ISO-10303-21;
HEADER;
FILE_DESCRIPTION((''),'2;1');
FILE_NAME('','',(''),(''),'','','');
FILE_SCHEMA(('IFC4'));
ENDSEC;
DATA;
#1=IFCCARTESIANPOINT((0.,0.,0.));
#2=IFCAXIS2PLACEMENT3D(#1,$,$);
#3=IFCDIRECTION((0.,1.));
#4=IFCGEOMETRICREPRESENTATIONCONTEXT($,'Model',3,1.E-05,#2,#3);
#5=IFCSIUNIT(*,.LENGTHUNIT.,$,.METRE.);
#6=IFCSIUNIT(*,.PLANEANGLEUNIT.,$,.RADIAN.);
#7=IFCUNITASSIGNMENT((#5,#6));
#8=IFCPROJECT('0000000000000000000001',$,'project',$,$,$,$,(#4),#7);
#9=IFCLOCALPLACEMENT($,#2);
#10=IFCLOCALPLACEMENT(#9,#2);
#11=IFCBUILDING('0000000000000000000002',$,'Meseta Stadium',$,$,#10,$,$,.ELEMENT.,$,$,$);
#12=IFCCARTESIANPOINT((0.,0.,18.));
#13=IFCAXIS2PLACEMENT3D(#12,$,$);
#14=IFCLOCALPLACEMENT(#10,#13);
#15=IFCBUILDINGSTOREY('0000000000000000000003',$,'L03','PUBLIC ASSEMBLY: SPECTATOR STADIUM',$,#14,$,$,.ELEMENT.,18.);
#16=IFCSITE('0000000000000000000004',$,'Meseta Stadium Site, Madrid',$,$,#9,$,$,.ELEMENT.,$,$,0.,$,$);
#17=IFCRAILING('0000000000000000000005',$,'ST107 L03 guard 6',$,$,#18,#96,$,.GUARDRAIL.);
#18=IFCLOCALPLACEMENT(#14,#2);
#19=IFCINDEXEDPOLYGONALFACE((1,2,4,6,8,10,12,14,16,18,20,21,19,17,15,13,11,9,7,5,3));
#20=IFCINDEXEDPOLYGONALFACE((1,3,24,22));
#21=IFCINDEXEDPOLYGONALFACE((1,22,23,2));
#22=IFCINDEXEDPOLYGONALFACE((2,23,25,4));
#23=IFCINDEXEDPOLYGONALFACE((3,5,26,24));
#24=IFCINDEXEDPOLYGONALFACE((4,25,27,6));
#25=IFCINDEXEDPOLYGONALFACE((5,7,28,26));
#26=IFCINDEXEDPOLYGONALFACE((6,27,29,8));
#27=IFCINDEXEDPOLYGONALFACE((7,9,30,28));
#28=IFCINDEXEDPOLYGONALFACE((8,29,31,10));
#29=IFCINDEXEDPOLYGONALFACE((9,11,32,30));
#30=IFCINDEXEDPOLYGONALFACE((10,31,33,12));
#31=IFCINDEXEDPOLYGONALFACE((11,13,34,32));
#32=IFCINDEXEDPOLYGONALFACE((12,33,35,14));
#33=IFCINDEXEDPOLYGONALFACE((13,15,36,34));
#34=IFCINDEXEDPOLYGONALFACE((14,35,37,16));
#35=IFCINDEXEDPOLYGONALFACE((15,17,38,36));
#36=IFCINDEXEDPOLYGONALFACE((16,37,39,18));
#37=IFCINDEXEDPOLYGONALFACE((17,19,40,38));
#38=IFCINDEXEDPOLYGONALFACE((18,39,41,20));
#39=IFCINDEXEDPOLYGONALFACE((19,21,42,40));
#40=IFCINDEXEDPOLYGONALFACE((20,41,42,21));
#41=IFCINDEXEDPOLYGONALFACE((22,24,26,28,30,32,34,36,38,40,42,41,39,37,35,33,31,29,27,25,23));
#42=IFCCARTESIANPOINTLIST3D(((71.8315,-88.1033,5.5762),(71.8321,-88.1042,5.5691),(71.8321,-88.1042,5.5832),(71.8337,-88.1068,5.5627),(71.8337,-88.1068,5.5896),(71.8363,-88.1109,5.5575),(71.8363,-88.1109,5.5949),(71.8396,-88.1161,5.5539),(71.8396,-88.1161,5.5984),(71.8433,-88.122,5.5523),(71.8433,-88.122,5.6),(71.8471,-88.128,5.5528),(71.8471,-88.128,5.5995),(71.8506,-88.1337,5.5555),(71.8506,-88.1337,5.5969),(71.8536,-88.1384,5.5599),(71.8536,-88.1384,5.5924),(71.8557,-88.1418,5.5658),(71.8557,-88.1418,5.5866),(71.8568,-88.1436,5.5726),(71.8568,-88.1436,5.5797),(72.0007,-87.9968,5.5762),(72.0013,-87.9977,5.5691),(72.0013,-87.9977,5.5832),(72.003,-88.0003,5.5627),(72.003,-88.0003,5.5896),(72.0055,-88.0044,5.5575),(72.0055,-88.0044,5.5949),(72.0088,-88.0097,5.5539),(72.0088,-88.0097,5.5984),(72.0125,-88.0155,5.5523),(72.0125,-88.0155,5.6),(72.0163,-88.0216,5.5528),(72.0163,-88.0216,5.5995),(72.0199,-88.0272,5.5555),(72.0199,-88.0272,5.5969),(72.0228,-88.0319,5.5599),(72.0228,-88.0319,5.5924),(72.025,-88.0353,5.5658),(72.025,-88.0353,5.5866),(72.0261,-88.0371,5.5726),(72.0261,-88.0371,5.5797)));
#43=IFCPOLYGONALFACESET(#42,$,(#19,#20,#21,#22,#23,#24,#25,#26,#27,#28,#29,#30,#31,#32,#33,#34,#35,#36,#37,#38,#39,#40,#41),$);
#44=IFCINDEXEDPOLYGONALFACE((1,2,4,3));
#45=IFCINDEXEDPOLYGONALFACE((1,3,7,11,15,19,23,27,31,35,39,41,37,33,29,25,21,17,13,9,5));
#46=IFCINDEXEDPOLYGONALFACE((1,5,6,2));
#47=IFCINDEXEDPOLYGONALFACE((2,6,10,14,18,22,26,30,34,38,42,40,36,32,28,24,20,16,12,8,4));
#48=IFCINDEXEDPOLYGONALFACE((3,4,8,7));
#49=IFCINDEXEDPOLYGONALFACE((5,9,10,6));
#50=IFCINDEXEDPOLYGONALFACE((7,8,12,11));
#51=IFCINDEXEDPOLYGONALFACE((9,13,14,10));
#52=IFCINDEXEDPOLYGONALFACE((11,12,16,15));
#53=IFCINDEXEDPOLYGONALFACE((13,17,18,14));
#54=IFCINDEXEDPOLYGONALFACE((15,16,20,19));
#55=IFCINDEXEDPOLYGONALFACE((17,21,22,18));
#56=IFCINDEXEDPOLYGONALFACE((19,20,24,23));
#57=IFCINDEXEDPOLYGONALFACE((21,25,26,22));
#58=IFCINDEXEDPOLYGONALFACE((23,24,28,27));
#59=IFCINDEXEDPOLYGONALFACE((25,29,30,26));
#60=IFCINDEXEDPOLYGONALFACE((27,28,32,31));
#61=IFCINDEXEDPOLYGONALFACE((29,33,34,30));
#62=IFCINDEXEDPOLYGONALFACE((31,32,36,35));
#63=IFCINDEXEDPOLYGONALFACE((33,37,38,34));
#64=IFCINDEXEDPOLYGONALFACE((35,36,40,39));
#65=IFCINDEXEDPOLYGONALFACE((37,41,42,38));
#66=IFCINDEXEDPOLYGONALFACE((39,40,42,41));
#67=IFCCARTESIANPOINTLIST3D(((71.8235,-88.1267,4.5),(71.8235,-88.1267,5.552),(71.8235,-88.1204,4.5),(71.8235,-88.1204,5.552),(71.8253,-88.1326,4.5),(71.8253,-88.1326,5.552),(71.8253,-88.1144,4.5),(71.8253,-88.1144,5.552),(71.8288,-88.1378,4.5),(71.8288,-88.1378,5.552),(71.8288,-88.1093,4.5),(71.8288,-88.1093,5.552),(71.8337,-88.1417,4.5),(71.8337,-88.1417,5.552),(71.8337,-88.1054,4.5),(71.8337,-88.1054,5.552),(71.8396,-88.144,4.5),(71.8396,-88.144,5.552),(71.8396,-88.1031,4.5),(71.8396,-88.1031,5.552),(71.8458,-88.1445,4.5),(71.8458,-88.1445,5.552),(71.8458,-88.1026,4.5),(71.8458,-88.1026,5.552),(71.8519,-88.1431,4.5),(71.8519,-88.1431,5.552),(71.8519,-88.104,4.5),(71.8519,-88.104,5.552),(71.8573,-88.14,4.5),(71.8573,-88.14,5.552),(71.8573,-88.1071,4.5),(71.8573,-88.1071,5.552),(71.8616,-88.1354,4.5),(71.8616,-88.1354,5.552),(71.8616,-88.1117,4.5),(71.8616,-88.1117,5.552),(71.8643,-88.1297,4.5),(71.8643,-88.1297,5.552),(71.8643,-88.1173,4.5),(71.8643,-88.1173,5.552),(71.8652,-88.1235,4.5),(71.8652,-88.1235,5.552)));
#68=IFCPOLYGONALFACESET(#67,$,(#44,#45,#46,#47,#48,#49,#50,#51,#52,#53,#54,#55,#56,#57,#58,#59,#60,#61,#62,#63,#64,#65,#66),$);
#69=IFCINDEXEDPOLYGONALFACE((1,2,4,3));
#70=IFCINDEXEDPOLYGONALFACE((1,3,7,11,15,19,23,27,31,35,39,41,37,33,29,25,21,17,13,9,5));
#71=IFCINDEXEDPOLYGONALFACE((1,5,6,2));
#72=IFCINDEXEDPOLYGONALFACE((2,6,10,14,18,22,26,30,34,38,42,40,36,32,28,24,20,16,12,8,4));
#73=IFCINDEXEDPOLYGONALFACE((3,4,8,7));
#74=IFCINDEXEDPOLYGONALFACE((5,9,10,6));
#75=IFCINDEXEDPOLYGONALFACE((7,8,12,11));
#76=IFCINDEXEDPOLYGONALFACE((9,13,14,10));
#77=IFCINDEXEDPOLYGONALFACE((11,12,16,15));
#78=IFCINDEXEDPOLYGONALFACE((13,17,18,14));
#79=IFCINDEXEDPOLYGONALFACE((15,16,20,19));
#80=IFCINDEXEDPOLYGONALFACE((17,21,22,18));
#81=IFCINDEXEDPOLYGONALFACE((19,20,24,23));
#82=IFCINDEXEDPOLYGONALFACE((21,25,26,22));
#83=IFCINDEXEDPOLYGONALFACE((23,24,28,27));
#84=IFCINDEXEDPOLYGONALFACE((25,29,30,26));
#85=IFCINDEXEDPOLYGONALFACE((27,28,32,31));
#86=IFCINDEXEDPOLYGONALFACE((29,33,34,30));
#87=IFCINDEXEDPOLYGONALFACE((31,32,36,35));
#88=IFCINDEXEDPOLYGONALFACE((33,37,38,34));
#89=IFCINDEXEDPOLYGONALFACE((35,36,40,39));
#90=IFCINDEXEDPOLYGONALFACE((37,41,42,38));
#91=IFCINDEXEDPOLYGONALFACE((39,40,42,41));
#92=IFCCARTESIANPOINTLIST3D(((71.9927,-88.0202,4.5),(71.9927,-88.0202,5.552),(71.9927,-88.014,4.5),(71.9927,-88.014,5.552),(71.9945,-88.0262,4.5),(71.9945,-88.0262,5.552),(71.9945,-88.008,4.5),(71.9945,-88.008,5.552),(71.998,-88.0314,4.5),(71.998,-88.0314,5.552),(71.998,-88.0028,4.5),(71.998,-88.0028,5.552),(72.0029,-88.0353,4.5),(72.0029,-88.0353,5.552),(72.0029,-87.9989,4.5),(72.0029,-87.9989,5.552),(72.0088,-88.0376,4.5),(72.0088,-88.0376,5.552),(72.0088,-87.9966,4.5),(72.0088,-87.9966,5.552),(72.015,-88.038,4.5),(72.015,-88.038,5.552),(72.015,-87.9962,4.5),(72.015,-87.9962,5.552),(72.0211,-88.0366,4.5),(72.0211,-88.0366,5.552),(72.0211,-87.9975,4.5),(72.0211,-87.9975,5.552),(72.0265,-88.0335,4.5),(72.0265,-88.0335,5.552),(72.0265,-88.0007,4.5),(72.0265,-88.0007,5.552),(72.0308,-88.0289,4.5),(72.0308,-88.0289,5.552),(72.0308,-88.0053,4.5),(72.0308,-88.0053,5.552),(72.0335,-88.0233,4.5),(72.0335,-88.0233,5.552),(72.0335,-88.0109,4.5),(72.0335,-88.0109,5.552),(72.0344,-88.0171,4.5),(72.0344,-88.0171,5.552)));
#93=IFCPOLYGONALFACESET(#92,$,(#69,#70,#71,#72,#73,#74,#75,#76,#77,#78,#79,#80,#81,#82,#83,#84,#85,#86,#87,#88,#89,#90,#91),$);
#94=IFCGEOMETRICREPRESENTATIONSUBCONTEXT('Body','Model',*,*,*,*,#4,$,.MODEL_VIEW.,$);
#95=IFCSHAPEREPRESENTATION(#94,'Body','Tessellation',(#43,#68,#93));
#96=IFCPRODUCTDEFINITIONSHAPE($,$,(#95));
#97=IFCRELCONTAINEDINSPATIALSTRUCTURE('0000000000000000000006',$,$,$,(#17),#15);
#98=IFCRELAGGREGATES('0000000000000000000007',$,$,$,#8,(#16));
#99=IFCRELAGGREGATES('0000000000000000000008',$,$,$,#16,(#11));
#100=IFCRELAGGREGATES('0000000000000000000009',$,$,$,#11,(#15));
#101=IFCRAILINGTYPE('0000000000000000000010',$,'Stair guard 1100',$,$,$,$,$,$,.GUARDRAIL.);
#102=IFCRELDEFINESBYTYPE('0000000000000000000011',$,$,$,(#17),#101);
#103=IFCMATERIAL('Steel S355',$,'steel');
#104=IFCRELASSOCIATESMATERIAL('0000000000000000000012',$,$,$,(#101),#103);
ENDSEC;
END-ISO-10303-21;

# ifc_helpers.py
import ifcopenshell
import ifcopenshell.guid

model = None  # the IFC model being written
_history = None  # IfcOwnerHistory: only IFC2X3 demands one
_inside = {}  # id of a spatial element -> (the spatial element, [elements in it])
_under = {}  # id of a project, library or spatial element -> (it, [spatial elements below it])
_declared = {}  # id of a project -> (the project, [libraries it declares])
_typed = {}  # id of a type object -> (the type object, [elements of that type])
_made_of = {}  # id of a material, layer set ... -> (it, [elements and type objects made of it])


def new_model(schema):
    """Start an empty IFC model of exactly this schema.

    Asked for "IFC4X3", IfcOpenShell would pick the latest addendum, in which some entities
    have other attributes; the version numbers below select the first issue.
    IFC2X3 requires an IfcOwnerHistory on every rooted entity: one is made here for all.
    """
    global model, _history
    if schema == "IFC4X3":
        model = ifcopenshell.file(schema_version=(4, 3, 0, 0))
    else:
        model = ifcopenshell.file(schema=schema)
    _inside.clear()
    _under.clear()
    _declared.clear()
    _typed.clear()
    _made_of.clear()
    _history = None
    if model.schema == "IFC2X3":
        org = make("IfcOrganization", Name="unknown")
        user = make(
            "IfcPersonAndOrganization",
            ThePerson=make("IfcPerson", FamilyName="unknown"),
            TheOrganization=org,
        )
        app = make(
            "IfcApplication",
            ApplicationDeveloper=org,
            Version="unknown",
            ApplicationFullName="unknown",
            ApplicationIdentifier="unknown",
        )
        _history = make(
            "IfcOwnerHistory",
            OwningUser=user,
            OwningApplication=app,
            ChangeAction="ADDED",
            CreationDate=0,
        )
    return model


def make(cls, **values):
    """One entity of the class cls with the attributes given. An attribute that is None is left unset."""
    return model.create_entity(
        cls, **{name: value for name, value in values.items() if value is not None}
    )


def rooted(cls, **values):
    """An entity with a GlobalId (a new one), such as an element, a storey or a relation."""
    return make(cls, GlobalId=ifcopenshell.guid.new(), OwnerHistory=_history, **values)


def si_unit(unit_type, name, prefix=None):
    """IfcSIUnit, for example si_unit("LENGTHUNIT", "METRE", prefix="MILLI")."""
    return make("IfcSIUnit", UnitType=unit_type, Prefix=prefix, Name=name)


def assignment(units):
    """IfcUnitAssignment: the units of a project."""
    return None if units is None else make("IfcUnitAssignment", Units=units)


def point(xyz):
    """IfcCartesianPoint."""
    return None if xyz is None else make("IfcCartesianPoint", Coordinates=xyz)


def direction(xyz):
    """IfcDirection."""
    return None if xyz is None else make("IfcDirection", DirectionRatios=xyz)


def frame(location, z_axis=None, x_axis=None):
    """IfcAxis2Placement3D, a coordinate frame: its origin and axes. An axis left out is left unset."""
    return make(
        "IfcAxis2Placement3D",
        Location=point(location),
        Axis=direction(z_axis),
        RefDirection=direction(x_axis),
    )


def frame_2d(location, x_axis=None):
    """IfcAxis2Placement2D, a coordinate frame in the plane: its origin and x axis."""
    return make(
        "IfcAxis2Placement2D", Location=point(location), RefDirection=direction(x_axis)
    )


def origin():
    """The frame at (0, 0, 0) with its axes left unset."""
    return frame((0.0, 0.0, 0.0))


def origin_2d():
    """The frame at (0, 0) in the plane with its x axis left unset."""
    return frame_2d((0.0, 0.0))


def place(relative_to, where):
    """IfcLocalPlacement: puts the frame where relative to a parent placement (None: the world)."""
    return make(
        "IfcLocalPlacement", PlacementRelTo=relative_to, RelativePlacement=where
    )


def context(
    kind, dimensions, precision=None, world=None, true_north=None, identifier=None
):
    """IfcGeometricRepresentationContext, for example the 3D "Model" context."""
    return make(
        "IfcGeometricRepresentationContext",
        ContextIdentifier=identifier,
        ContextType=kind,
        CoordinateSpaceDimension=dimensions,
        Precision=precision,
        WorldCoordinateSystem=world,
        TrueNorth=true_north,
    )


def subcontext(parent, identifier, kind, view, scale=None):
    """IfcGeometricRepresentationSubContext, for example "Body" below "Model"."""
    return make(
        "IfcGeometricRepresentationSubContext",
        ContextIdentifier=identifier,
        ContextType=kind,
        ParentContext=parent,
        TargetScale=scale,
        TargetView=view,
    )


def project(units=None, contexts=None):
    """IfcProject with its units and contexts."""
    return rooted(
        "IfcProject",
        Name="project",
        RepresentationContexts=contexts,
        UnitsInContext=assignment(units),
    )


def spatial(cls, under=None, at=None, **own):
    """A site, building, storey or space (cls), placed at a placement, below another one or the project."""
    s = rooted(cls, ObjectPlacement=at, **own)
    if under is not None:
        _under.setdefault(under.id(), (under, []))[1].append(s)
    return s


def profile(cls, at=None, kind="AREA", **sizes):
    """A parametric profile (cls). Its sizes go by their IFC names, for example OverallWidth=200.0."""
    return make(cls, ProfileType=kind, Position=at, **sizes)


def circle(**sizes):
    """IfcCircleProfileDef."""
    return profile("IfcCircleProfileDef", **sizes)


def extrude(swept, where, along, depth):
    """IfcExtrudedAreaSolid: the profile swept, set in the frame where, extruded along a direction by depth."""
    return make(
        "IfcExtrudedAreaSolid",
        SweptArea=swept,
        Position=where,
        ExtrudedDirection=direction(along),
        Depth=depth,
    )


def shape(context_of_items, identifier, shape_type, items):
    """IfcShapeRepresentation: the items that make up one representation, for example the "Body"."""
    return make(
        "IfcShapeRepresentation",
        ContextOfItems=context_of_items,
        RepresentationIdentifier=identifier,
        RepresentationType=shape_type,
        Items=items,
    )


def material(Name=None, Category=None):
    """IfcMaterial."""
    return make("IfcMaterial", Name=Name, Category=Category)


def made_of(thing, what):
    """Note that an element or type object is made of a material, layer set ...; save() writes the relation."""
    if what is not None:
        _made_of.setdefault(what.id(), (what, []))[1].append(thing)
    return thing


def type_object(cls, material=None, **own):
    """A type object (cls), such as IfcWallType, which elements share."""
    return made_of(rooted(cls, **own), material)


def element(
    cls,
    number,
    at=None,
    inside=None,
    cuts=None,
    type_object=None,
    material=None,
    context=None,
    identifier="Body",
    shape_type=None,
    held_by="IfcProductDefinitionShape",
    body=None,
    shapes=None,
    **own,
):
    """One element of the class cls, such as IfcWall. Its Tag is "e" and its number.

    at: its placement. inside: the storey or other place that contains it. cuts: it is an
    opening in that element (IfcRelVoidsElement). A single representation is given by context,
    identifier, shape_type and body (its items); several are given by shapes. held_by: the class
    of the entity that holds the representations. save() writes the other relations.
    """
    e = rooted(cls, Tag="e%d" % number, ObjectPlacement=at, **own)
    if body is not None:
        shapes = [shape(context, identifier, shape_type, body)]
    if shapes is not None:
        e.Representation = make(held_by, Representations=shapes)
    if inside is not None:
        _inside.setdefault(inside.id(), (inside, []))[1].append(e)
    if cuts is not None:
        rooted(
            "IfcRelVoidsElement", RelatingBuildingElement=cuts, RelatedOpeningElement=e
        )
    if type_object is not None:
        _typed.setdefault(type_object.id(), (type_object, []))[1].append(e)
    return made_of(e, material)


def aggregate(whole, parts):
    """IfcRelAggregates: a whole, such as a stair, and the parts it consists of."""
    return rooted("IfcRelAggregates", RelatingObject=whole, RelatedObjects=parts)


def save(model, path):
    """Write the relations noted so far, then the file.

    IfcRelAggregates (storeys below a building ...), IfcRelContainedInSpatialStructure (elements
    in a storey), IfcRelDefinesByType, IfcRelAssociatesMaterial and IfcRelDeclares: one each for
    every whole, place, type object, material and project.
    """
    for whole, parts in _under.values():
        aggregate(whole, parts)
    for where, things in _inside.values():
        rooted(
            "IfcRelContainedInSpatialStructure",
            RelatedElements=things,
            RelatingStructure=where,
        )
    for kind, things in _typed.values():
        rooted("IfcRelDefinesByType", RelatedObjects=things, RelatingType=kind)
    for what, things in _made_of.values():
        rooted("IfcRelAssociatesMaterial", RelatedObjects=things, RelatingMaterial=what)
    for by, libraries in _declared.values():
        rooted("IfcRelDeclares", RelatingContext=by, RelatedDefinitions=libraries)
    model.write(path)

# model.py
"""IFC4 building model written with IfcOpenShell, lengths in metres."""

from ifc_helpers import new_model, si_unit, direction, frame, origin, origin_2d, place, context, subcontext, project, spatial, circle, extrude, material, type_object, element, save


model = new_model("IFC4")

# Units and contexts
model_context = context("Model", 3, precision=1e-05, world=origin(), true_north=direction((0.0, 1.0)))
body_context = subcontext(model_context, "Body", "Model", "MODEL_VIEW")
ifc_project = project(units=[si_unit("LENGTHUNIT", "METRE"), si_unit("PLANEANGLEUNIT", "RADIAN")], contexts=[model_context])

# Site, building, storey
site_placement = place(None, origin())
site = spatial("IfcSite", under=ifc_project, at=site_placement, Name="Meseta Stadium Site, Madrid", CompositionType="ELEMENT", RefElevation=0.0)
building_placement = place(site_placement, origin())
building = spatial("IfcBuilding", under=site, at=building_placement, Name="Meseta Stadium", CompositionType="ELEMENT")
storey_placement = place(building_placement, frame((0.0, 0.0, 18.0)))
storey = spatial("IfcBuildingStorey", under=building, at=storey_placement, Name="L03", Description="PUBLIC ASSEMBLY: SPECTATOR STADIUM", CompositionType="ELEMENT", Elevation=18.0)

# Railing
ifc_material_1 = material(Name="Steel S355", Category="steel")
railing_type_1 = type_object("IfcRailingType", Name="Stair guard 1100", PredefinedType="GUARDRAIL", material=ifc_material_1)
railing_1_placement = place(storey_placement, frame((71.8442, -88.1235, 4.5)))
element("IfcRailing", 1, at=railing_1_placement, inside=storey, type_object=railing_type_1, Name="ST107 L03 guard 6", PredefinedType="GUARDRAIL", context=body_context, shape_type="SweptSolid", body=[
    extrude(circle(Radius=0.0239, at=origin_2d()), frame((0.0, 0.0, 1.0762), z_axis=(0.846416, 0.532522, 0.0), x_axis=(-0.532522, 0.846416, 0.0)), (0.0, 0.0, 1.0), 0.2),
    extrude(circle(Radius=0.021, at=origin_2d()), origin(), (0.0, 0.0, 1.0), 1.052),
    extrude(circle(Radius=0.021, at=origin_2d()), frame((0.1692, 0.1064, 0.0)), (0.0, 0.0, 1.0), 1.052),
])

save(model, "model.ifc")
